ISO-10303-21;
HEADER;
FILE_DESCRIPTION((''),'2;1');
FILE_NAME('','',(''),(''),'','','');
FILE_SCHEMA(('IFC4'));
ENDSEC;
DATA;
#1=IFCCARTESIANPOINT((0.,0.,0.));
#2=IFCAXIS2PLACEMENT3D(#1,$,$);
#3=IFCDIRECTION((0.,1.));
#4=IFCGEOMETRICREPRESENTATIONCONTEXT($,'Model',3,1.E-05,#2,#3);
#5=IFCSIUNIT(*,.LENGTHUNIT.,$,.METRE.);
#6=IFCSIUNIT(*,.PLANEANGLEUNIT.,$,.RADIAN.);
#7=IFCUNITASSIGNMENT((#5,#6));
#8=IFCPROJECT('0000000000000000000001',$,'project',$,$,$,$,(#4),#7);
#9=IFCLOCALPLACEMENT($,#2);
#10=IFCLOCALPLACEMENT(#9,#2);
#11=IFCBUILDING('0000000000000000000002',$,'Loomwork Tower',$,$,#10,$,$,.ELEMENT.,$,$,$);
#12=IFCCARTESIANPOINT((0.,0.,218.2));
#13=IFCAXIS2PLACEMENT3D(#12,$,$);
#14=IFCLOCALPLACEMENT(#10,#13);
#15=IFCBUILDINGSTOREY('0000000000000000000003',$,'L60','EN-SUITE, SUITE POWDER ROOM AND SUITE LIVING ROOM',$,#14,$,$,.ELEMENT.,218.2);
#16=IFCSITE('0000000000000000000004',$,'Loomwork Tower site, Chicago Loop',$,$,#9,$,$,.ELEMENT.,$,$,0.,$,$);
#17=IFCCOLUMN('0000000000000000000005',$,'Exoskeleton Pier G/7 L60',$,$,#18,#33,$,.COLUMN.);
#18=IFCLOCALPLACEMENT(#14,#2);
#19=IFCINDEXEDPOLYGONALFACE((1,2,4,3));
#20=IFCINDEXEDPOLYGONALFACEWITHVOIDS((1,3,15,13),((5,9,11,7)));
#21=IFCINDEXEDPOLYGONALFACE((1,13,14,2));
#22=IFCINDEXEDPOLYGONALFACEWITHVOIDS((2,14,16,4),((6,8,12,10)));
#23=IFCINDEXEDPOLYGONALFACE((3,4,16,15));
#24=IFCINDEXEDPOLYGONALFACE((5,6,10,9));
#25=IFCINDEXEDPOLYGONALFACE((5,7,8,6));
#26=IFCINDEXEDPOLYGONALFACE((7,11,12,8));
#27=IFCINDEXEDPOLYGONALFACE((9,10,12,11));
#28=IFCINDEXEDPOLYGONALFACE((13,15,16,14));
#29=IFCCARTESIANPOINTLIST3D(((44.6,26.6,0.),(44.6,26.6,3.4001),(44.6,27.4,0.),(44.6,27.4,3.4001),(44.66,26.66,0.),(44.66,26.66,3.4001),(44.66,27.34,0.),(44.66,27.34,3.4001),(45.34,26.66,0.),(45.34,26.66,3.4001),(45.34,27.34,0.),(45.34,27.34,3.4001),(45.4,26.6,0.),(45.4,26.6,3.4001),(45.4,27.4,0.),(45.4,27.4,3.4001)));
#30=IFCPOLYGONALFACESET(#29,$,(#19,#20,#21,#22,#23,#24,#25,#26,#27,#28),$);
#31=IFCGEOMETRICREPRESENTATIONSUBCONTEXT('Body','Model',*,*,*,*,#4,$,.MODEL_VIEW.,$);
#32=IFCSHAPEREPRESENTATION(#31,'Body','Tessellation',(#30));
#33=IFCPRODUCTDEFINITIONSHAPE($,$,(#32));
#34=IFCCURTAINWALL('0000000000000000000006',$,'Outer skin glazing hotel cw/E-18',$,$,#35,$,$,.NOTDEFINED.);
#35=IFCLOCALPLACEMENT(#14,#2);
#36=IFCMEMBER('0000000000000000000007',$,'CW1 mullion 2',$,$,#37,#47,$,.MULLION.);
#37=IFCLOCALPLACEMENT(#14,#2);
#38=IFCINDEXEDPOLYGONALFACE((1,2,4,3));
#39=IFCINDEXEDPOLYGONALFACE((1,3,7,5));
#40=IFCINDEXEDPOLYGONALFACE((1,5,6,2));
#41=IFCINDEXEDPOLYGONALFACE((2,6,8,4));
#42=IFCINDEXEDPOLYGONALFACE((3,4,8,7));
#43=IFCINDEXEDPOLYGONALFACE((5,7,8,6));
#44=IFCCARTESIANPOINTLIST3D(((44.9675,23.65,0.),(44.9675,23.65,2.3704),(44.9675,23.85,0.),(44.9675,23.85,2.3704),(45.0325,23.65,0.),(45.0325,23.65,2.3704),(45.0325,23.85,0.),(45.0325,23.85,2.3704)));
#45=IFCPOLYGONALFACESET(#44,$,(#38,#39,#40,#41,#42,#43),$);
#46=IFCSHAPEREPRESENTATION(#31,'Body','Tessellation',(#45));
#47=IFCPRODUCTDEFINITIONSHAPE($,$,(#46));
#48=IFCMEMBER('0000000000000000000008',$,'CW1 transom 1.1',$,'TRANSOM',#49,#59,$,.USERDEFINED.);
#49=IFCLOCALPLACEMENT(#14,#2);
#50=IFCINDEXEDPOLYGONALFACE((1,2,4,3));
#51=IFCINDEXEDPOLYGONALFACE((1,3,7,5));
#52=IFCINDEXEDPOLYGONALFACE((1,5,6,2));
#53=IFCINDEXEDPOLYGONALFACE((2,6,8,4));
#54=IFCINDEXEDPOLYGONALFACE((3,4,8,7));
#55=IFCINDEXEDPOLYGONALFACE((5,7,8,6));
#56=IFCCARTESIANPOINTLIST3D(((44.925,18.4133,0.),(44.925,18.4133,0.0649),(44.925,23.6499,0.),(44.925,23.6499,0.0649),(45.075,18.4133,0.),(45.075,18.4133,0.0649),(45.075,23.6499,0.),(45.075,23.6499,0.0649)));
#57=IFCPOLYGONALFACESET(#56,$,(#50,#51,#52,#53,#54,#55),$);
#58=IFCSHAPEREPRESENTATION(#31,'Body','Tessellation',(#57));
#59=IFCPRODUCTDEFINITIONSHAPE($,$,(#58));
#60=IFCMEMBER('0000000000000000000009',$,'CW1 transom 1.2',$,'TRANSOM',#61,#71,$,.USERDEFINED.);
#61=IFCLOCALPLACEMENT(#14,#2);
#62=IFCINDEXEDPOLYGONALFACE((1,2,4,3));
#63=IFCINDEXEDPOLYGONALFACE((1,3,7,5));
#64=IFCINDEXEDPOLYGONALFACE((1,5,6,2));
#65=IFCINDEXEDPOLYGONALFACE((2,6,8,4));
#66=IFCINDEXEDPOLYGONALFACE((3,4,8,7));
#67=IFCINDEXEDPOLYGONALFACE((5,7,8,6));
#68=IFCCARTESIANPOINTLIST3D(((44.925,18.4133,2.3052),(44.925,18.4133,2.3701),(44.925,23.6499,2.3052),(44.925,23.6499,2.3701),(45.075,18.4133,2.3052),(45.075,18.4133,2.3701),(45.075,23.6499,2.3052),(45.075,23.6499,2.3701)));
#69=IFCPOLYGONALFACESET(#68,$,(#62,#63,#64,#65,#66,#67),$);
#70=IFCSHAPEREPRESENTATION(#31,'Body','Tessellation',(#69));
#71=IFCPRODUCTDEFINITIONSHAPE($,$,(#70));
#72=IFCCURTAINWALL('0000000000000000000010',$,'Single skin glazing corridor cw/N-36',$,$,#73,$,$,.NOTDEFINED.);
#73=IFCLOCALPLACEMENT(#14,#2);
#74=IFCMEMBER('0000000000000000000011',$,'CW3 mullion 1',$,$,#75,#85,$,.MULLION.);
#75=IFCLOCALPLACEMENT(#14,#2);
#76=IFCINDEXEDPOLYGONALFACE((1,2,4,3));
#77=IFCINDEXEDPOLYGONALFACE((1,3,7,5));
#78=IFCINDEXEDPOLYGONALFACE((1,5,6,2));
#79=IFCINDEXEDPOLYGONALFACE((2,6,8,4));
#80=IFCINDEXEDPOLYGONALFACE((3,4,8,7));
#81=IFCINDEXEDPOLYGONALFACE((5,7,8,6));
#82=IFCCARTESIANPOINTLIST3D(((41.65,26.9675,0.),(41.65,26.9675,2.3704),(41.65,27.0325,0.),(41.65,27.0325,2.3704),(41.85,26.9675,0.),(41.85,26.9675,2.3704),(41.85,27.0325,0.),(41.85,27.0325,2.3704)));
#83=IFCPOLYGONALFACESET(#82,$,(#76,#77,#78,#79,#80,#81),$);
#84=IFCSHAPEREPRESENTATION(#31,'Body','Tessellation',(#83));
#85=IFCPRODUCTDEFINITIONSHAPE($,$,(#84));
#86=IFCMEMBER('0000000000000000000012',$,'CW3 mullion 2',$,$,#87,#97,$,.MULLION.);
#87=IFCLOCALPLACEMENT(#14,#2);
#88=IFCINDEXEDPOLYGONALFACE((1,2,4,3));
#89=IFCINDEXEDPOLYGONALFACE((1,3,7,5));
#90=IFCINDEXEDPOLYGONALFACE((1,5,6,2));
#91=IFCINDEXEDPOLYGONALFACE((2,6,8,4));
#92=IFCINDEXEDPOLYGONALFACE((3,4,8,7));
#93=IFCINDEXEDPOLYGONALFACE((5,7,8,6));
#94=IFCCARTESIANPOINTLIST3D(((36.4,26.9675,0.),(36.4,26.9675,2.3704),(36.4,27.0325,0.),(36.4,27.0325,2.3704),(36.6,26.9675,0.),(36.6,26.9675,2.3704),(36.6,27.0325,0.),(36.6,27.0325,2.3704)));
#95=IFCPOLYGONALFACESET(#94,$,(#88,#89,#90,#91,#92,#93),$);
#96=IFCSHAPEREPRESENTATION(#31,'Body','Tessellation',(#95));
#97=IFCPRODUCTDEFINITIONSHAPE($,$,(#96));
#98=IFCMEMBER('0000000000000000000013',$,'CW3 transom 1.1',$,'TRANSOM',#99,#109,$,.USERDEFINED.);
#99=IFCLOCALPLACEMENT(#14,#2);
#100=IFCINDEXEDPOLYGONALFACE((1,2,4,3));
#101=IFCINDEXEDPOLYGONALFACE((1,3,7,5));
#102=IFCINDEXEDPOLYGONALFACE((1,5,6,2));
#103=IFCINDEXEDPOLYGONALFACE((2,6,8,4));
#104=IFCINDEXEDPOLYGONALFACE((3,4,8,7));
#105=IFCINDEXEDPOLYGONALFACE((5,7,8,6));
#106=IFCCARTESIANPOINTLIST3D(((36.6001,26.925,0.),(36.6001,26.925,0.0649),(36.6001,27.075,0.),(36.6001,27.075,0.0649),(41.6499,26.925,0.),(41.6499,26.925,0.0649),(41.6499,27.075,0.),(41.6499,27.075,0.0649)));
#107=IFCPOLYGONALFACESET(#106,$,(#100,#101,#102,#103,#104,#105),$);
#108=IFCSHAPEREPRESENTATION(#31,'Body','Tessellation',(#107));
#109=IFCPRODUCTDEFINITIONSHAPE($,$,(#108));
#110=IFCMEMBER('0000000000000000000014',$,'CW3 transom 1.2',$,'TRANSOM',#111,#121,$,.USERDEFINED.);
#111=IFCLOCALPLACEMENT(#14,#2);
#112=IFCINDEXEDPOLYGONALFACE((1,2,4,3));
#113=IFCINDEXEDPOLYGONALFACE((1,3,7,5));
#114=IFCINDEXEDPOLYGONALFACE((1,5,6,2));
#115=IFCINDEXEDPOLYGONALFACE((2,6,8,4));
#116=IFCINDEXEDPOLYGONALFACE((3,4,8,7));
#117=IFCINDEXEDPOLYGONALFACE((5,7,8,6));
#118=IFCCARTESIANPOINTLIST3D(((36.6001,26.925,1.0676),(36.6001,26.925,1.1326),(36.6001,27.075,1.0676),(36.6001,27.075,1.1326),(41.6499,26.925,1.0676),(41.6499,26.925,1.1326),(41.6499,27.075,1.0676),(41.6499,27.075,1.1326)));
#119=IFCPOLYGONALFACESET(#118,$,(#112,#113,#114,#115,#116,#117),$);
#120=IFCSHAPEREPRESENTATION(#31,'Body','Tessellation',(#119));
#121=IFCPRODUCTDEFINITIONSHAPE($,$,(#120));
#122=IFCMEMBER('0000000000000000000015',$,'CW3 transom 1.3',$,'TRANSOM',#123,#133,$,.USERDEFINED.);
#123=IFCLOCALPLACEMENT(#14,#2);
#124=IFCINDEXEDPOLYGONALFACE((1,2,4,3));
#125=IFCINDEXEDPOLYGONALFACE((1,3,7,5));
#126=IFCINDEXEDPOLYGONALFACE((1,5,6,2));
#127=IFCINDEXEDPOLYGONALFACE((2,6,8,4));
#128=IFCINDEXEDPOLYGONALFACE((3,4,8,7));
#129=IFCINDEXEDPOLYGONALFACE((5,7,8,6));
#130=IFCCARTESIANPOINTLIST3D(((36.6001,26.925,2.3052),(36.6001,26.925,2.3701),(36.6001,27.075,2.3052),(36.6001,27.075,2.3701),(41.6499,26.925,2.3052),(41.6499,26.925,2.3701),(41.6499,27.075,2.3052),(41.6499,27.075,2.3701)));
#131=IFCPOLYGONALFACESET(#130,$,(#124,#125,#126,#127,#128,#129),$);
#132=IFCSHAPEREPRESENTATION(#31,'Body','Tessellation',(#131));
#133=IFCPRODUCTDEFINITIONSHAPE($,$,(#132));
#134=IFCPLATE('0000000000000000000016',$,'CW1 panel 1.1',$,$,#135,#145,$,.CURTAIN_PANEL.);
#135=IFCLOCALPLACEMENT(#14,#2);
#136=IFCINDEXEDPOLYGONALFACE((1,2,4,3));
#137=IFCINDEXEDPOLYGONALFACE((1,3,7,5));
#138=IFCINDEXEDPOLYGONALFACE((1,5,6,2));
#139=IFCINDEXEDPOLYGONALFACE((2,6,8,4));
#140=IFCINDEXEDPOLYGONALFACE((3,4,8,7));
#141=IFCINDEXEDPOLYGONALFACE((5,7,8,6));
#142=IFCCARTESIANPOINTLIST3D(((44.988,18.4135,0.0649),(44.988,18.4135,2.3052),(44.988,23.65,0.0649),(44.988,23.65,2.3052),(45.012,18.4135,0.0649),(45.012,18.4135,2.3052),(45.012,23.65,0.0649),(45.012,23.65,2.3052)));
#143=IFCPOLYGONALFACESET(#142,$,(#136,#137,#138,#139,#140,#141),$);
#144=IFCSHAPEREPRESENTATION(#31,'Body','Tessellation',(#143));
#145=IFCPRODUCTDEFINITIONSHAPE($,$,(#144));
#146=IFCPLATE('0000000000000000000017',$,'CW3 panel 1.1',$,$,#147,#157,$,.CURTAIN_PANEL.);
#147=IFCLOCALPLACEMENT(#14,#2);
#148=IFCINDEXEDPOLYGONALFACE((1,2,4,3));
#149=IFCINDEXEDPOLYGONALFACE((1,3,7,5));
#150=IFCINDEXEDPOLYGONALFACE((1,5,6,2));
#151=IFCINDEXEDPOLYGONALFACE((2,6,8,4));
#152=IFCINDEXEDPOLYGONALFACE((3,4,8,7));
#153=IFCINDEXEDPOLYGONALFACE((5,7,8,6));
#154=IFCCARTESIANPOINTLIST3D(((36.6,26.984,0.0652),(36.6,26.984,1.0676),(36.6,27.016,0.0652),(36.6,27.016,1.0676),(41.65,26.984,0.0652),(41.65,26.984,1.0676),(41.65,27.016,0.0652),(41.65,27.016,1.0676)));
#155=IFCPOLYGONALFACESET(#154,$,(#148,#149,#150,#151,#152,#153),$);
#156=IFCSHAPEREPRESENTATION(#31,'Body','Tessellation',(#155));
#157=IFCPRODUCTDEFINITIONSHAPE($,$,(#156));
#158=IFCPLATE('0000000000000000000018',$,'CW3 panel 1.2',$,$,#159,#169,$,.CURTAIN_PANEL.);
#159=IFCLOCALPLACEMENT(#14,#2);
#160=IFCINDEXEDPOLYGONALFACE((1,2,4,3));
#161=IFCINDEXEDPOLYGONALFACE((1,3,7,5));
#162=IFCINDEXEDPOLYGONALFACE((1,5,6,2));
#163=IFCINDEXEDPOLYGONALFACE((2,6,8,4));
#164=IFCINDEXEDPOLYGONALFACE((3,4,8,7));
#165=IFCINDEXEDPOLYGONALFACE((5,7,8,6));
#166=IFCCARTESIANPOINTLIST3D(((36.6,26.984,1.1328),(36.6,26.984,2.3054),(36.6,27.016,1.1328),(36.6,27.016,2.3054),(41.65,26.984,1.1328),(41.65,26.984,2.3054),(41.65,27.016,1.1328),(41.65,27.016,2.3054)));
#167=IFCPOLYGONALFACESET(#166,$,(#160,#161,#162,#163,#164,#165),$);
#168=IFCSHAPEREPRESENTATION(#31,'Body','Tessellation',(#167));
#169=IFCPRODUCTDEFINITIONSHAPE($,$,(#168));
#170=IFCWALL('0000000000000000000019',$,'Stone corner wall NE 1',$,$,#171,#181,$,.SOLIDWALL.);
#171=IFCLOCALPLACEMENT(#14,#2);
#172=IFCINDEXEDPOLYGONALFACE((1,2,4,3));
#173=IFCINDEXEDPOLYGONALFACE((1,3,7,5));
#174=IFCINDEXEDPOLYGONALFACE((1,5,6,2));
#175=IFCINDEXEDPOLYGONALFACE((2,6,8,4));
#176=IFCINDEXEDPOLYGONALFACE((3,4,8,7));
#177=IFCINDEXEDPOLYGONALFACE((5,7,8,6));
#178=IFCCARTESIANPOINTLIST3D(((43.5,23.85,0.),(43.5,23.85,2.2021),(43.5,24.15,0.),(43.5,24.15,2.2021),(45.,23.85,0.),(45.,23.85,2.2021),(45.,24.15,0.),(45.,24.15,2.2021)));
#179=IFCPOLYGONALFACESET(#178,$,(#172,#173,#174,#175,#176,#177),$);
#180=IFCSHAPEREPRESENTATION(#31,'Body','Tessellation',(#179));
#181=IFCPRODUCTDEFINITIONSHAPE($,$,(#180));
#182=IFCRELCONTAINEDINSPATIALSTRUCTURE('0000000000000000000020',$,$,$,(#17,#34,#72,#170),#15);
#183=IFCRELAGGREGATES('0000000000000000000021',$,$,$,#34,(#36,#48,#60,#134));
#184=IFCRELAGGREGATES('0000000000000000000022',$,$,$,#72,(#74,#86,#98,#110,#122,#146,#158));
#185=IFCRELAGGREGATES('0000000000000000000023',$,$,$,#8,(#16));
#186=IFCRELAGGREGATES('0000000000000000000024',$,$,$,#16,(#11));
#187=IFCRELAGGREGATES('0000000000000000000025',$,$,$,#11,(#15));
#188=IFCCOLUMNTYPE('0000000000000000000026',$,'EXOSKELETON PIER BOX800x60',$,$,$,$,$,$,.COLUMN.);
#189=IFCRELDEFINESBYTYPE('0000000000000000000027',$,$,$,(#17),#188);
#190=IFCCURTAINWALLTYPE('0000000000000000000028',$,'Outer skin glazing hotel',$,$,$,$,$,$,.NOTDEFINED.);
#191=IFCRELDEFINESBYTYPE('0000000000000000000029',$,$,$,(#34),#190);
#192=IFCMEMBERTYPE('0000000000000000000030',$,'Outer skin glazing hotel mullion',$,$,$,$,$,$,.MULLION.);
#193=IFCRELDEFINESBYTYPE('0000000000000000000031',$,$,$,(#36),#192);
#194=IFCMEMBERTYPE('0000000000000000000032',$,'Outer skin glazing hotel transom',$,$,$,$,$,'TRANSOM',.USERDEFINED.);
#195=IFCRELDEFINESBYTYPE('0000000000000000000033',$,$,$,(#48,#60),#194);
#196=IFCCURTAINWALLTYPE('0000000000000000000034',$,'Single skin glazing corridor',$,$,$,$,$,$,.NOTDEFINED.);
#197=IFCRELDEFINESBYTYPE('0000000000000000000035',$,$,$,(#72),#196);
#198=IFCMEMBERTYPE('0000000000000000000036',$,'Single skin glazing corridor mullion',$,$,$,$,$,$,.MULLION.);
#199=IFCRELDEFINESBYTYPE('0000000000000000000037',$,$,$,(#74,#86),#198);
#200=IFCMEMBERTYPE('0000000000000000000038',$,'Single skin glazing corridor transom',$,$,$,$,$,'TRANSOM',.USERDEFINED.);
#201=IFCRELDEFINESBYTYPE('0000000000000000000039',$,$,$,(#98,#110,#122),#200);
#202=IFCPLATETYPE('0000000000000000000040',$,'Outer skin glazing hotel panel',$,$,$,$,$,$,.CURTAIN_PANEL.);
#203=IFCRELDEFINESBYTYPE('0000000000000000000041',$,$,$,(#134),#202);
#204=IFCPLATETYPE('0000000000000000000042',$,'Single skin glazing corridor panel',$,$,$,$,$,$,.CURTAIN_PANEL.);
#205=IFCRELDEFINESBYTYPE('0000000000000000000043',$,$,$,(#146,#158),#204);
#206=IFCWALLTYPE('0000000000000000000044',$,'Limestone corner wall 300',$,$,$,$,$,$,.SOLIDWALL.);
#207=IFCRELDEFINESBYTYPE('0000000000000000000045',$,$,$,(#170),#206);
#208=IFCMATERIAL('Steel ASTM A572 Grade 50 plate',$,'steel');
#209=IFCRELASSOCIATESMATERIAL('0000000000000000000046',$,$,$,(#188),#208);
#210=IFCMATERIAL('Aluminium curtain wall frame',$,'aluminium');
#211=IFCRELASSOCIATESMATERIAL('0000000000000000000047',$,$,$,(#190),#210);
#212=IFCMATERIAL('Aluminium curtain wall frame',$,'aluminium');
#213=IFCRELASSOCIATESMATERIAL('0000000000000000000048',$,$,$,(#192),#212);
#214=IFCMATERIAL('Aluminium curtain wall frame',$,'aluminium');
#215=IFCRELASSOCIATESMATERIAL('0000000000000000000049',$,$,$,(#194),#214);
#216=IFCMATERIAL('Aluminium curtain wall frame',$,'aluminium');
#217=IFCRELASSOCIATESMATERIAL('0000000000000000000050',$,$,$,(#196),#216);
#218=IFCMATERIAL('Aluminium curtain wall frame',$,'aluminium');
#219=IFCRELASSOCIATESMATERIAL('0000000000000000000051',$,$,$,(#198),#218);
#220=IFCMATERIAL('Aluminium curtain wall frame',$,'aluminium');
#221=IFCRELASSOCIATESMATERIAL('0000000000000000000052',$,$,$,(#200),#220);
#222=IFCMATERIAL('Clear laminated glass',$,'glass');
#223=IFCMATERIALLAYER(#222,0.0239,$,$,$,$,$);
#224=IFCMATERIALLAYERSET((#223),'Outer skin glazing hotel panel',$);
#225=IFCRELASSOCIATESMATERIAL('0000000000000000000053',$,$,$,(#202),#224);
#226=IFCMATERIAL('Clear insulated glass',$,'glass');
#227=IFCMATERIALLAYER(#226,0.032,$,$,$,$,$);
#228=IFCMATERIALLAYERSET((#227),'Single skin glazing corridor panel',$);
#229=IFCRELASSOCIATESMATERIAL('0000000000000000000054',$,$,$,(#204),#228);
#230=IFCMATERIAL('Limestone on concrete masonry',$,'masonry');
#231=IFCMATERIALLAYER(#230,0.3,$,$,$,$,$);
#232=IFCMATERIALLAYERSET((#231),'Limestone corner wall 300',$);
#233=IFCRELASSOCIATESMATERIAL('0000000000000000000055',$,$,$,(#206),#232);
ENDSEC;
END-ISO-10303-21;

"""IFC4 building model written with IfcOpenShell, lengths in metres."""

from ifc_helpers import new_model, si_unit, direction, frame, frame_2d, origin, origin_2d, place, context, subcontext, project, spatial, rectangle, hollow_rectangle, extrude, material, layer, layer_set, material_profile, profile_set, type_object, element, aggregate, save


model = new_model("IFC4")

# Units and contexts
model_context = context("Model", 3, precision=1e-05, world=origin(), true_north=direction((0.0, 1.0)))
body_context = subcontext(model_context, "Body", "Model", "MODEL_VIEW")
ifc_project = project(units=[si_unit("LENGTHUNIT", "METRE"), si_unit("PLANEANGLEUNIT", "RADIAN")], contexts=[model_context])

# Site, building, storey
site_placement = place(None, origin())
site = spatial("IfcSite", under=ifc_project, at=site_placement, Name="Loomwork Tower site, Chicago Loop", CompositionType="ELEMENT", RefElevation=0.0)
building_placement = place(site_placement, origin())
building = spatial("IfcBuilding", under=site, at=building_placement, Name="Loomwork Tower", CompositionType="ELEMENT")
storey_placement = place(building_placement, frame((0.0, 0.0, 218.2)))
storey = spatial("IfcBuildingStorey", under=building, at=storey_placement, Name="L60", Description="EN-SUITE, SUITE POWDER ROOM AND SUITE LIVING ROOM", CompositionType="ELEMENT", Elevation=218.2)

# Column
ifc_material_1 = material(Name="Steel ASTM A572 Grade 50 plate", Category="steel")
ifc_material_profile_1 = material_profile(ifc_material_1, hollow_rectangle(XDim=0.8, YDim=0.8, WallThickness=0.0601, at=origin_2d()), Name="BOX800x60")
ifc_profile_set_1 = profile_set([ifc_material_profile_1], Name="Steel ASTM A572 Grade 50 plate")
column_type = type_object("IfcColumnType", Name="EXOSKELETON PIER BOX800x60", PredefinedType="COLUMN", material=ifc_profile_set_1)
column_placement = place(storey_placement, frame((45.0, 27.0, 0.0), z_axis=(0.0, 0.0, 1.0), x_axis=(0.0, 1.0, 0.0)))
element("IfcColumn", 1, at=column_placement, inside=storey, type_object=column_type, Name="Exoskeleton Pier G/7 L60", PredefinedType="COLUMN", context=body_context, shape_type="SweptSolid", body=[
    extrude(hollow_rectangle(XDim=0.8, YDim=0.8, WallThickness=0.0601, at=origin_2d()), origin(), (0.0, 0.0, 1.0), 3.4001),
])

# Curtain walls, members
ifc_material_2 = material(Name="Aluminium curtain wall frame", Category="aluminium")
curtain_wall_type_1 = type_object("IfcCurtainWallType", Name="Outer skin glazing hotel", PredefinedType="NOTDEFINED", material=ifc_material_2)
curtain_wall_1_placement = place(storey_placement, origin())
curtain_wall_1 = element("IfcCurtainWall", 2, at=curtain_wall_1_placement, inside=storey, type_object=curtain_wall_type_1, Name="Outer skin glazing hotel cw/E-18", PredefinedType="NOTDEFINED")
ifc_material_3 = material(Name="Aluminium curtain wall frame", Category="aluminium")
ifc_material_profile_2 = material_profile(ifc_material_3, rectangle(XDim=0.0649, YDim=0.2, at=origin_2d()), Name="AL 65x200")
ifc_profile_set_2 = profile_set([ifc_material_profile_2], Name="Aluminium curtain wall frame")
member_type_1 = type_object("IfcMemberType", Name="Outer skin glazing hotel mullion", PredefinedType="MULLION", material=ifc_profile_set_2)
member_1_placement = place(storey_placement, frame((45.0, 23.75, 0.0), z_axis=(0.0, 0.0, 1.0), x_axis=(-1.0, 0.0, 0.0)))
member_1 = element("IfcMember", 3, at=member_1_placement, type_object=member_type_1, Name="CW1 mullion 2", PredefinedType="MULLION", context=body_context, shape_type="SweptSolid", body=[
    extrude(rectangle(XDim=0.0649, YDim=0.2, at=origin_2d()), origin(), (0.0, 0.0, 1.0), 2.3704),
])
ifc_material_4 = material(Name="Aluminium curtain wall frame", Category="aluminium")
ifc_material_profile_3 = material_profile(ifc_material_4, rectangle(XDim=0.1499, YDim=0.0649, at=origin_2d()), Name="AL 65x150")
ifc_profile_set_3 = profile_set([ifc_material_profile_3], Name="Aluminium curtain wall frame")
member_type_2 = type_object("IfcMemberType", Name="Outer skin glazing hotel transom", ElementType="TRANSOM", PredefinedType="USERDEFINED", material=ifc_profile_set_3)
member_2_placement = place(storey_placement, frame((45.0, 18.4133, 0.0325), z_axis=(0.0, 1.0, 0.0), x_axis=(-1.0, 0.0, 0.0)))
member_2 = element("IfcMember", 4, at=member_2_placement, type_object=member_type_2, Name="CW1 transom 1.1", ObjectType="TRANSOM", PredefinedType="USERDEFINED", context=body_context, shape_type="SweptSolid", body=[
    extrude(rectangle(XDim=0.1499, YDim=0.0649, at=origin_2d()), origin(), (0.0, 0.0, 1.0), 5.2366),
])
member_3_placement = place(storey_placement, frame((45.0, 18.4133, 2.3376), z_axis=(0.0, 1.0, 0.0), x_axis=(-1.0, 0.0, 0.0)))
member_3 = element("IfcMember", 5, at=member_3_placement, type_object=member_type_2, Name="CW1 transom 1.2", ObjectType="TRANSOM", PredefinedType="USERDEFINED", context=body_context, shape_type="SweptSolid", body=[
    extrude(rectangle(XDim=0.1499, YDim=0.0649, at=origin_2d()), origin(), (0.0, 0.0, 1.0), 5.2366),
])
ifc_material_5 = material(Name="Aluminium curtain wall frame", Category="aluminium")
curtain_wall_type_2 = type_object("IfcCurtainWallType", Name="Single skin glazing corridor", PredefinedType="NOTDEFINED", material=ifc_material_5)
curtain_wall_2_placement = place(storey_placement, origin())
curtain_wall_2 = element("IfcCurtainWall", 6, at=curtain_wall_2_placement, inside=storey, type_object=curtain_wall_type_2, Name="Single skin glazing corridor cw/N-36", PredefinedType="NOTDEFINED")
ifc_material_6 = material(Name="Aluminium curtain wall frame", Category="aluminium")
ifc_material_profile_4 = material_profile(ifc_material_6, rectangle(XDim=0.0649, YDim=0.2, at=origin_2d()), Name="AL 65x200")
ifc_profile_set_4 = profile_set([ifc_material_profile_4], Name="Aluminium curtain wall frame")
member_type_3 = type_object("IfcMemberType", Name="Single skin glazing corridor mullion", PredefinedType="MULLION", material=ifc_profile_set_4)
member_4_placement = place(storey_placement, frame((41.75, 27.0, 0.0), z_axis=(0.0, 0.0, 1.0), x_axis=(0.0, -1.0, 0.0)))
member_4 = element("IfcMember", 7, at=member_4_placement, type_object=member_type_3, Name="CW3 mullion 1", PredefinedType="MULLION", context=body_context, shape_type="SweptSolid", body=[
    extrude(rectangle(XDim=0.0649, YDim=0.2, at=origin_2d()), origin(), (0.0, 0.0, 1.0), 2.3704),
])
member_5_placement = place(storey_placement, frame((36.5, 27.0, 0.0), z_axis=(0.0, 0.0, 1.0), x_axis=(0.0, -1.0, 0.0)))
member_5 = element("IfcMember", 8, at=member_5_placement, type_object=member_type_3, Name="CW3 mullion 2", PredefinedType="MULLION", context=body_context, shape_type="SweptSolid", body=[
    extrude(rectangle(XDim=0.0649, YDim=0.2, at=origin_2d()), origin(), (0.0, 0.0, 1.0), 2.3704),
])
ifc_material_7 = material(Name="Aluminium curtain wall frame", Category="aluminium")
ifc_material_profile_5 = material_profile(ifc_material_7, rectangle(XDim=0.1499, YDim=0.0649, at=origin_2d()), Name="AL 65x150")
ifc_profile_set_5 = profile_set([ifc_material_profile_5], Name="Aluminium curtain wall frame")
member_type_4 = type_object("IfcMemberType", Name="Single skin glazing corridor transom", ElementType="TRANSOM", PredefinedType="USERDEFINED", material=ifc_profile_set_5)
member_6_placement = place(storey_placement, frame((41.6499, 27.0, 0.0325), z_axis=(-1.0, 0.0, 0.0), x_axis=(0.0, -1.0, 0.0)))
member_6 = element("IfcMember", 9, at=member_6_placement, type_object=member_type_4, Name="CW3 transom 1.1", ObjectType="TRANSOM", PredefinedType="USERDEFINED", context=body_context, shape_type="SweptSolid", body=[
    extrude(rectangle(XDim=0.1499, YDim=0.0649, at=origin_2d()), origin(), (0.0, 0.0, 1.0), 5.0498),
])
member_7_placement = place(storey_placement, frame((41.6499, 27.0, 1.1001), z_axis=(-1.0, 0.0, 0.0), x_axis=(0.0, -1.0, 0.0)))
member_7 = element("IfcMember", 10, at=member_7_placement, type_object=member_type_4, Name="CW3 transom 1.2", ObjectType="TRANSOM", PredefinedType="USERDEFINED", context=body_context, shape_type="SweptSolid", body=[
    extrude(rectangle(XDim=0.1499, YDim=0.0649, at=origin_2d()), origin(), (0.0, 0.0, 1.0), 5.0498),
])
member_8_placement = place(storey_placement, frame((41.6499, 27.0, 2.3376), z_axis=(-1.0, 0.0, 0.0), x_axis=(0.0, -1.0, 0.0)))
member_8 = element("IfcMember", 11, at=member_8_placement, type_object=member_type_4, Name="CW3 transom 1.3", ObjectType="TRANSOM", PredefinedType="USERDEFINED", context=body_context, shape_type="SweptSolid", body=[
    extrude(rectangle(XDim=0.1499, YDim=0.0649, at=origin_2d()), origin(), (0.0, 0.0, 1.0), 5.0498),
])

# Plates
ifc_material_8 = material(Name="Clear laminated glass", Category="glass")
ifc_layer_1 = layer(ifc_material_8, 0.0239)
ifc_layer_set_1 = layer_set([ifc_layer_1], Name="Outer skin glazing hotel panel")
plate_type_1 = type_object("IfcPlateType", Name="Outer skin glazing hotel panel", PredefinedType="CURTAIN_PANEL", material=ifc_layer_set_1)
plate_1_placement = place(storey_placement, frame((45.0, 21.0317, 0.0649), z_axis=(0.0, 0.0, 1.0), x_axis=(0.0, 1.0, 0.0)))
plate_1 = element("IfcPlate", 12, at=plate_1_placement, type_object=plate_type_1, Name="CW1 panel 1.1", PredefinedType="CURTAIN_PANEL", context=body_context, shape_type="SweptSolid", body=[
    extrude(rectangle(XDim=5.2366, YDim=0.0239, at=origin_2d()), origin(), (0.0, 0.0, 1.0), 2.2402),
])
aggregate(curtain_wall_1, [member_1, member_2, member_3, plate_1])
ifc_material_9 = material(Name="Clear insulated glass", Category="glass")
ifc_layer_2 = layer(ifc_material_9, 0.032)
ifc_layer_set_2 = layer_set([ifc_layer_2], Name="Single skin glazing corridor panel")
plate_type_2 = type_object("IfcPlateType", Name="Single skin glazing corridor panel", PredefinedType="CURTAIN_PANEL", material=ifc_layer_set_2)
plate_2_placement = place(storey_placement, frame((39.125, 27.0, 0.0652), z_axis=(0.0, 0.0, 1.0), x_axis=(-1.0, 0.0, 0.0)))
plate_2 = element("IfcPlate", 13, at=plate_2_placement, type_object=plate_type_2, Name="CW3 panel 1.1", PredefinedType="CURTAIN_PANEL", context=body_context, shape_type="SweptSolid", body=[
    extrude(rectangle(XDim=5.05, YDim=0.032, at=origin_2d()), origin(), (0.0, 0.0, 1.0), 1.0024),
])
plate_3_placement = place(storey_placement, frame((39.125, 27.0, 1.1328), z_axis=(0.0, 0.0, 1.0), x_axis=(-1.0, 0.0, 0.0)))
plate_3 = element("IfcPlate", 14, at=plate_3_placement, type_object=plate_type_2, Name="CW3 panel 1.2", PredefinedType="CURTAIN_PANEL", context=body_context, shape_type="SweptSolid", body=[
    extrude(rectangle(XDim=5.05, YDim=0.032, at=origin_2d()), origin(), (0.0, 0.0, 1.0), 1.1726),
])
aggregate(curtain_wall_2, [member_4, member_5, member_6, member_7, member_8, plate_2, plate_3])

# Wall
ifc_material_10 = material(Name="Limestone on concrete masonry", Category="masonry")
ifc_layer_3 = layer(ifc_material_10, 0.3)
ifc_layer_set_3 = layer_set([ifc_layer_3], Name="Limestone corner wall 300")
wall_type = type_object("IfcWallType", Name="Limestone corner wall 300", PredefinedType="SOLIDWALL", material=ifc_layer_set_3)
wall_1_placement = place(storey_placement, frame((45.0, 24.0, 0.0), z_axis=(0.0, 0.0, 1.0), x_axis=(-1.0, 0.0, 0.0)))
element("IfcWall", 15, at=wall_1_placement, inside=storey, type_object=wall_type, Name="Stone corner wall NE 1", PredefinedType="SOLIDWALL", context=body_context, shape_type="SweptSolid", body=[
    extrude(rectangle(XDim=1.5, YDim=0.3, at=frame_2d((0.75, 0.0))), origin(), (0.0, 0.0, 1.0), 2.2021),
])

save(model, "model.ifc")
